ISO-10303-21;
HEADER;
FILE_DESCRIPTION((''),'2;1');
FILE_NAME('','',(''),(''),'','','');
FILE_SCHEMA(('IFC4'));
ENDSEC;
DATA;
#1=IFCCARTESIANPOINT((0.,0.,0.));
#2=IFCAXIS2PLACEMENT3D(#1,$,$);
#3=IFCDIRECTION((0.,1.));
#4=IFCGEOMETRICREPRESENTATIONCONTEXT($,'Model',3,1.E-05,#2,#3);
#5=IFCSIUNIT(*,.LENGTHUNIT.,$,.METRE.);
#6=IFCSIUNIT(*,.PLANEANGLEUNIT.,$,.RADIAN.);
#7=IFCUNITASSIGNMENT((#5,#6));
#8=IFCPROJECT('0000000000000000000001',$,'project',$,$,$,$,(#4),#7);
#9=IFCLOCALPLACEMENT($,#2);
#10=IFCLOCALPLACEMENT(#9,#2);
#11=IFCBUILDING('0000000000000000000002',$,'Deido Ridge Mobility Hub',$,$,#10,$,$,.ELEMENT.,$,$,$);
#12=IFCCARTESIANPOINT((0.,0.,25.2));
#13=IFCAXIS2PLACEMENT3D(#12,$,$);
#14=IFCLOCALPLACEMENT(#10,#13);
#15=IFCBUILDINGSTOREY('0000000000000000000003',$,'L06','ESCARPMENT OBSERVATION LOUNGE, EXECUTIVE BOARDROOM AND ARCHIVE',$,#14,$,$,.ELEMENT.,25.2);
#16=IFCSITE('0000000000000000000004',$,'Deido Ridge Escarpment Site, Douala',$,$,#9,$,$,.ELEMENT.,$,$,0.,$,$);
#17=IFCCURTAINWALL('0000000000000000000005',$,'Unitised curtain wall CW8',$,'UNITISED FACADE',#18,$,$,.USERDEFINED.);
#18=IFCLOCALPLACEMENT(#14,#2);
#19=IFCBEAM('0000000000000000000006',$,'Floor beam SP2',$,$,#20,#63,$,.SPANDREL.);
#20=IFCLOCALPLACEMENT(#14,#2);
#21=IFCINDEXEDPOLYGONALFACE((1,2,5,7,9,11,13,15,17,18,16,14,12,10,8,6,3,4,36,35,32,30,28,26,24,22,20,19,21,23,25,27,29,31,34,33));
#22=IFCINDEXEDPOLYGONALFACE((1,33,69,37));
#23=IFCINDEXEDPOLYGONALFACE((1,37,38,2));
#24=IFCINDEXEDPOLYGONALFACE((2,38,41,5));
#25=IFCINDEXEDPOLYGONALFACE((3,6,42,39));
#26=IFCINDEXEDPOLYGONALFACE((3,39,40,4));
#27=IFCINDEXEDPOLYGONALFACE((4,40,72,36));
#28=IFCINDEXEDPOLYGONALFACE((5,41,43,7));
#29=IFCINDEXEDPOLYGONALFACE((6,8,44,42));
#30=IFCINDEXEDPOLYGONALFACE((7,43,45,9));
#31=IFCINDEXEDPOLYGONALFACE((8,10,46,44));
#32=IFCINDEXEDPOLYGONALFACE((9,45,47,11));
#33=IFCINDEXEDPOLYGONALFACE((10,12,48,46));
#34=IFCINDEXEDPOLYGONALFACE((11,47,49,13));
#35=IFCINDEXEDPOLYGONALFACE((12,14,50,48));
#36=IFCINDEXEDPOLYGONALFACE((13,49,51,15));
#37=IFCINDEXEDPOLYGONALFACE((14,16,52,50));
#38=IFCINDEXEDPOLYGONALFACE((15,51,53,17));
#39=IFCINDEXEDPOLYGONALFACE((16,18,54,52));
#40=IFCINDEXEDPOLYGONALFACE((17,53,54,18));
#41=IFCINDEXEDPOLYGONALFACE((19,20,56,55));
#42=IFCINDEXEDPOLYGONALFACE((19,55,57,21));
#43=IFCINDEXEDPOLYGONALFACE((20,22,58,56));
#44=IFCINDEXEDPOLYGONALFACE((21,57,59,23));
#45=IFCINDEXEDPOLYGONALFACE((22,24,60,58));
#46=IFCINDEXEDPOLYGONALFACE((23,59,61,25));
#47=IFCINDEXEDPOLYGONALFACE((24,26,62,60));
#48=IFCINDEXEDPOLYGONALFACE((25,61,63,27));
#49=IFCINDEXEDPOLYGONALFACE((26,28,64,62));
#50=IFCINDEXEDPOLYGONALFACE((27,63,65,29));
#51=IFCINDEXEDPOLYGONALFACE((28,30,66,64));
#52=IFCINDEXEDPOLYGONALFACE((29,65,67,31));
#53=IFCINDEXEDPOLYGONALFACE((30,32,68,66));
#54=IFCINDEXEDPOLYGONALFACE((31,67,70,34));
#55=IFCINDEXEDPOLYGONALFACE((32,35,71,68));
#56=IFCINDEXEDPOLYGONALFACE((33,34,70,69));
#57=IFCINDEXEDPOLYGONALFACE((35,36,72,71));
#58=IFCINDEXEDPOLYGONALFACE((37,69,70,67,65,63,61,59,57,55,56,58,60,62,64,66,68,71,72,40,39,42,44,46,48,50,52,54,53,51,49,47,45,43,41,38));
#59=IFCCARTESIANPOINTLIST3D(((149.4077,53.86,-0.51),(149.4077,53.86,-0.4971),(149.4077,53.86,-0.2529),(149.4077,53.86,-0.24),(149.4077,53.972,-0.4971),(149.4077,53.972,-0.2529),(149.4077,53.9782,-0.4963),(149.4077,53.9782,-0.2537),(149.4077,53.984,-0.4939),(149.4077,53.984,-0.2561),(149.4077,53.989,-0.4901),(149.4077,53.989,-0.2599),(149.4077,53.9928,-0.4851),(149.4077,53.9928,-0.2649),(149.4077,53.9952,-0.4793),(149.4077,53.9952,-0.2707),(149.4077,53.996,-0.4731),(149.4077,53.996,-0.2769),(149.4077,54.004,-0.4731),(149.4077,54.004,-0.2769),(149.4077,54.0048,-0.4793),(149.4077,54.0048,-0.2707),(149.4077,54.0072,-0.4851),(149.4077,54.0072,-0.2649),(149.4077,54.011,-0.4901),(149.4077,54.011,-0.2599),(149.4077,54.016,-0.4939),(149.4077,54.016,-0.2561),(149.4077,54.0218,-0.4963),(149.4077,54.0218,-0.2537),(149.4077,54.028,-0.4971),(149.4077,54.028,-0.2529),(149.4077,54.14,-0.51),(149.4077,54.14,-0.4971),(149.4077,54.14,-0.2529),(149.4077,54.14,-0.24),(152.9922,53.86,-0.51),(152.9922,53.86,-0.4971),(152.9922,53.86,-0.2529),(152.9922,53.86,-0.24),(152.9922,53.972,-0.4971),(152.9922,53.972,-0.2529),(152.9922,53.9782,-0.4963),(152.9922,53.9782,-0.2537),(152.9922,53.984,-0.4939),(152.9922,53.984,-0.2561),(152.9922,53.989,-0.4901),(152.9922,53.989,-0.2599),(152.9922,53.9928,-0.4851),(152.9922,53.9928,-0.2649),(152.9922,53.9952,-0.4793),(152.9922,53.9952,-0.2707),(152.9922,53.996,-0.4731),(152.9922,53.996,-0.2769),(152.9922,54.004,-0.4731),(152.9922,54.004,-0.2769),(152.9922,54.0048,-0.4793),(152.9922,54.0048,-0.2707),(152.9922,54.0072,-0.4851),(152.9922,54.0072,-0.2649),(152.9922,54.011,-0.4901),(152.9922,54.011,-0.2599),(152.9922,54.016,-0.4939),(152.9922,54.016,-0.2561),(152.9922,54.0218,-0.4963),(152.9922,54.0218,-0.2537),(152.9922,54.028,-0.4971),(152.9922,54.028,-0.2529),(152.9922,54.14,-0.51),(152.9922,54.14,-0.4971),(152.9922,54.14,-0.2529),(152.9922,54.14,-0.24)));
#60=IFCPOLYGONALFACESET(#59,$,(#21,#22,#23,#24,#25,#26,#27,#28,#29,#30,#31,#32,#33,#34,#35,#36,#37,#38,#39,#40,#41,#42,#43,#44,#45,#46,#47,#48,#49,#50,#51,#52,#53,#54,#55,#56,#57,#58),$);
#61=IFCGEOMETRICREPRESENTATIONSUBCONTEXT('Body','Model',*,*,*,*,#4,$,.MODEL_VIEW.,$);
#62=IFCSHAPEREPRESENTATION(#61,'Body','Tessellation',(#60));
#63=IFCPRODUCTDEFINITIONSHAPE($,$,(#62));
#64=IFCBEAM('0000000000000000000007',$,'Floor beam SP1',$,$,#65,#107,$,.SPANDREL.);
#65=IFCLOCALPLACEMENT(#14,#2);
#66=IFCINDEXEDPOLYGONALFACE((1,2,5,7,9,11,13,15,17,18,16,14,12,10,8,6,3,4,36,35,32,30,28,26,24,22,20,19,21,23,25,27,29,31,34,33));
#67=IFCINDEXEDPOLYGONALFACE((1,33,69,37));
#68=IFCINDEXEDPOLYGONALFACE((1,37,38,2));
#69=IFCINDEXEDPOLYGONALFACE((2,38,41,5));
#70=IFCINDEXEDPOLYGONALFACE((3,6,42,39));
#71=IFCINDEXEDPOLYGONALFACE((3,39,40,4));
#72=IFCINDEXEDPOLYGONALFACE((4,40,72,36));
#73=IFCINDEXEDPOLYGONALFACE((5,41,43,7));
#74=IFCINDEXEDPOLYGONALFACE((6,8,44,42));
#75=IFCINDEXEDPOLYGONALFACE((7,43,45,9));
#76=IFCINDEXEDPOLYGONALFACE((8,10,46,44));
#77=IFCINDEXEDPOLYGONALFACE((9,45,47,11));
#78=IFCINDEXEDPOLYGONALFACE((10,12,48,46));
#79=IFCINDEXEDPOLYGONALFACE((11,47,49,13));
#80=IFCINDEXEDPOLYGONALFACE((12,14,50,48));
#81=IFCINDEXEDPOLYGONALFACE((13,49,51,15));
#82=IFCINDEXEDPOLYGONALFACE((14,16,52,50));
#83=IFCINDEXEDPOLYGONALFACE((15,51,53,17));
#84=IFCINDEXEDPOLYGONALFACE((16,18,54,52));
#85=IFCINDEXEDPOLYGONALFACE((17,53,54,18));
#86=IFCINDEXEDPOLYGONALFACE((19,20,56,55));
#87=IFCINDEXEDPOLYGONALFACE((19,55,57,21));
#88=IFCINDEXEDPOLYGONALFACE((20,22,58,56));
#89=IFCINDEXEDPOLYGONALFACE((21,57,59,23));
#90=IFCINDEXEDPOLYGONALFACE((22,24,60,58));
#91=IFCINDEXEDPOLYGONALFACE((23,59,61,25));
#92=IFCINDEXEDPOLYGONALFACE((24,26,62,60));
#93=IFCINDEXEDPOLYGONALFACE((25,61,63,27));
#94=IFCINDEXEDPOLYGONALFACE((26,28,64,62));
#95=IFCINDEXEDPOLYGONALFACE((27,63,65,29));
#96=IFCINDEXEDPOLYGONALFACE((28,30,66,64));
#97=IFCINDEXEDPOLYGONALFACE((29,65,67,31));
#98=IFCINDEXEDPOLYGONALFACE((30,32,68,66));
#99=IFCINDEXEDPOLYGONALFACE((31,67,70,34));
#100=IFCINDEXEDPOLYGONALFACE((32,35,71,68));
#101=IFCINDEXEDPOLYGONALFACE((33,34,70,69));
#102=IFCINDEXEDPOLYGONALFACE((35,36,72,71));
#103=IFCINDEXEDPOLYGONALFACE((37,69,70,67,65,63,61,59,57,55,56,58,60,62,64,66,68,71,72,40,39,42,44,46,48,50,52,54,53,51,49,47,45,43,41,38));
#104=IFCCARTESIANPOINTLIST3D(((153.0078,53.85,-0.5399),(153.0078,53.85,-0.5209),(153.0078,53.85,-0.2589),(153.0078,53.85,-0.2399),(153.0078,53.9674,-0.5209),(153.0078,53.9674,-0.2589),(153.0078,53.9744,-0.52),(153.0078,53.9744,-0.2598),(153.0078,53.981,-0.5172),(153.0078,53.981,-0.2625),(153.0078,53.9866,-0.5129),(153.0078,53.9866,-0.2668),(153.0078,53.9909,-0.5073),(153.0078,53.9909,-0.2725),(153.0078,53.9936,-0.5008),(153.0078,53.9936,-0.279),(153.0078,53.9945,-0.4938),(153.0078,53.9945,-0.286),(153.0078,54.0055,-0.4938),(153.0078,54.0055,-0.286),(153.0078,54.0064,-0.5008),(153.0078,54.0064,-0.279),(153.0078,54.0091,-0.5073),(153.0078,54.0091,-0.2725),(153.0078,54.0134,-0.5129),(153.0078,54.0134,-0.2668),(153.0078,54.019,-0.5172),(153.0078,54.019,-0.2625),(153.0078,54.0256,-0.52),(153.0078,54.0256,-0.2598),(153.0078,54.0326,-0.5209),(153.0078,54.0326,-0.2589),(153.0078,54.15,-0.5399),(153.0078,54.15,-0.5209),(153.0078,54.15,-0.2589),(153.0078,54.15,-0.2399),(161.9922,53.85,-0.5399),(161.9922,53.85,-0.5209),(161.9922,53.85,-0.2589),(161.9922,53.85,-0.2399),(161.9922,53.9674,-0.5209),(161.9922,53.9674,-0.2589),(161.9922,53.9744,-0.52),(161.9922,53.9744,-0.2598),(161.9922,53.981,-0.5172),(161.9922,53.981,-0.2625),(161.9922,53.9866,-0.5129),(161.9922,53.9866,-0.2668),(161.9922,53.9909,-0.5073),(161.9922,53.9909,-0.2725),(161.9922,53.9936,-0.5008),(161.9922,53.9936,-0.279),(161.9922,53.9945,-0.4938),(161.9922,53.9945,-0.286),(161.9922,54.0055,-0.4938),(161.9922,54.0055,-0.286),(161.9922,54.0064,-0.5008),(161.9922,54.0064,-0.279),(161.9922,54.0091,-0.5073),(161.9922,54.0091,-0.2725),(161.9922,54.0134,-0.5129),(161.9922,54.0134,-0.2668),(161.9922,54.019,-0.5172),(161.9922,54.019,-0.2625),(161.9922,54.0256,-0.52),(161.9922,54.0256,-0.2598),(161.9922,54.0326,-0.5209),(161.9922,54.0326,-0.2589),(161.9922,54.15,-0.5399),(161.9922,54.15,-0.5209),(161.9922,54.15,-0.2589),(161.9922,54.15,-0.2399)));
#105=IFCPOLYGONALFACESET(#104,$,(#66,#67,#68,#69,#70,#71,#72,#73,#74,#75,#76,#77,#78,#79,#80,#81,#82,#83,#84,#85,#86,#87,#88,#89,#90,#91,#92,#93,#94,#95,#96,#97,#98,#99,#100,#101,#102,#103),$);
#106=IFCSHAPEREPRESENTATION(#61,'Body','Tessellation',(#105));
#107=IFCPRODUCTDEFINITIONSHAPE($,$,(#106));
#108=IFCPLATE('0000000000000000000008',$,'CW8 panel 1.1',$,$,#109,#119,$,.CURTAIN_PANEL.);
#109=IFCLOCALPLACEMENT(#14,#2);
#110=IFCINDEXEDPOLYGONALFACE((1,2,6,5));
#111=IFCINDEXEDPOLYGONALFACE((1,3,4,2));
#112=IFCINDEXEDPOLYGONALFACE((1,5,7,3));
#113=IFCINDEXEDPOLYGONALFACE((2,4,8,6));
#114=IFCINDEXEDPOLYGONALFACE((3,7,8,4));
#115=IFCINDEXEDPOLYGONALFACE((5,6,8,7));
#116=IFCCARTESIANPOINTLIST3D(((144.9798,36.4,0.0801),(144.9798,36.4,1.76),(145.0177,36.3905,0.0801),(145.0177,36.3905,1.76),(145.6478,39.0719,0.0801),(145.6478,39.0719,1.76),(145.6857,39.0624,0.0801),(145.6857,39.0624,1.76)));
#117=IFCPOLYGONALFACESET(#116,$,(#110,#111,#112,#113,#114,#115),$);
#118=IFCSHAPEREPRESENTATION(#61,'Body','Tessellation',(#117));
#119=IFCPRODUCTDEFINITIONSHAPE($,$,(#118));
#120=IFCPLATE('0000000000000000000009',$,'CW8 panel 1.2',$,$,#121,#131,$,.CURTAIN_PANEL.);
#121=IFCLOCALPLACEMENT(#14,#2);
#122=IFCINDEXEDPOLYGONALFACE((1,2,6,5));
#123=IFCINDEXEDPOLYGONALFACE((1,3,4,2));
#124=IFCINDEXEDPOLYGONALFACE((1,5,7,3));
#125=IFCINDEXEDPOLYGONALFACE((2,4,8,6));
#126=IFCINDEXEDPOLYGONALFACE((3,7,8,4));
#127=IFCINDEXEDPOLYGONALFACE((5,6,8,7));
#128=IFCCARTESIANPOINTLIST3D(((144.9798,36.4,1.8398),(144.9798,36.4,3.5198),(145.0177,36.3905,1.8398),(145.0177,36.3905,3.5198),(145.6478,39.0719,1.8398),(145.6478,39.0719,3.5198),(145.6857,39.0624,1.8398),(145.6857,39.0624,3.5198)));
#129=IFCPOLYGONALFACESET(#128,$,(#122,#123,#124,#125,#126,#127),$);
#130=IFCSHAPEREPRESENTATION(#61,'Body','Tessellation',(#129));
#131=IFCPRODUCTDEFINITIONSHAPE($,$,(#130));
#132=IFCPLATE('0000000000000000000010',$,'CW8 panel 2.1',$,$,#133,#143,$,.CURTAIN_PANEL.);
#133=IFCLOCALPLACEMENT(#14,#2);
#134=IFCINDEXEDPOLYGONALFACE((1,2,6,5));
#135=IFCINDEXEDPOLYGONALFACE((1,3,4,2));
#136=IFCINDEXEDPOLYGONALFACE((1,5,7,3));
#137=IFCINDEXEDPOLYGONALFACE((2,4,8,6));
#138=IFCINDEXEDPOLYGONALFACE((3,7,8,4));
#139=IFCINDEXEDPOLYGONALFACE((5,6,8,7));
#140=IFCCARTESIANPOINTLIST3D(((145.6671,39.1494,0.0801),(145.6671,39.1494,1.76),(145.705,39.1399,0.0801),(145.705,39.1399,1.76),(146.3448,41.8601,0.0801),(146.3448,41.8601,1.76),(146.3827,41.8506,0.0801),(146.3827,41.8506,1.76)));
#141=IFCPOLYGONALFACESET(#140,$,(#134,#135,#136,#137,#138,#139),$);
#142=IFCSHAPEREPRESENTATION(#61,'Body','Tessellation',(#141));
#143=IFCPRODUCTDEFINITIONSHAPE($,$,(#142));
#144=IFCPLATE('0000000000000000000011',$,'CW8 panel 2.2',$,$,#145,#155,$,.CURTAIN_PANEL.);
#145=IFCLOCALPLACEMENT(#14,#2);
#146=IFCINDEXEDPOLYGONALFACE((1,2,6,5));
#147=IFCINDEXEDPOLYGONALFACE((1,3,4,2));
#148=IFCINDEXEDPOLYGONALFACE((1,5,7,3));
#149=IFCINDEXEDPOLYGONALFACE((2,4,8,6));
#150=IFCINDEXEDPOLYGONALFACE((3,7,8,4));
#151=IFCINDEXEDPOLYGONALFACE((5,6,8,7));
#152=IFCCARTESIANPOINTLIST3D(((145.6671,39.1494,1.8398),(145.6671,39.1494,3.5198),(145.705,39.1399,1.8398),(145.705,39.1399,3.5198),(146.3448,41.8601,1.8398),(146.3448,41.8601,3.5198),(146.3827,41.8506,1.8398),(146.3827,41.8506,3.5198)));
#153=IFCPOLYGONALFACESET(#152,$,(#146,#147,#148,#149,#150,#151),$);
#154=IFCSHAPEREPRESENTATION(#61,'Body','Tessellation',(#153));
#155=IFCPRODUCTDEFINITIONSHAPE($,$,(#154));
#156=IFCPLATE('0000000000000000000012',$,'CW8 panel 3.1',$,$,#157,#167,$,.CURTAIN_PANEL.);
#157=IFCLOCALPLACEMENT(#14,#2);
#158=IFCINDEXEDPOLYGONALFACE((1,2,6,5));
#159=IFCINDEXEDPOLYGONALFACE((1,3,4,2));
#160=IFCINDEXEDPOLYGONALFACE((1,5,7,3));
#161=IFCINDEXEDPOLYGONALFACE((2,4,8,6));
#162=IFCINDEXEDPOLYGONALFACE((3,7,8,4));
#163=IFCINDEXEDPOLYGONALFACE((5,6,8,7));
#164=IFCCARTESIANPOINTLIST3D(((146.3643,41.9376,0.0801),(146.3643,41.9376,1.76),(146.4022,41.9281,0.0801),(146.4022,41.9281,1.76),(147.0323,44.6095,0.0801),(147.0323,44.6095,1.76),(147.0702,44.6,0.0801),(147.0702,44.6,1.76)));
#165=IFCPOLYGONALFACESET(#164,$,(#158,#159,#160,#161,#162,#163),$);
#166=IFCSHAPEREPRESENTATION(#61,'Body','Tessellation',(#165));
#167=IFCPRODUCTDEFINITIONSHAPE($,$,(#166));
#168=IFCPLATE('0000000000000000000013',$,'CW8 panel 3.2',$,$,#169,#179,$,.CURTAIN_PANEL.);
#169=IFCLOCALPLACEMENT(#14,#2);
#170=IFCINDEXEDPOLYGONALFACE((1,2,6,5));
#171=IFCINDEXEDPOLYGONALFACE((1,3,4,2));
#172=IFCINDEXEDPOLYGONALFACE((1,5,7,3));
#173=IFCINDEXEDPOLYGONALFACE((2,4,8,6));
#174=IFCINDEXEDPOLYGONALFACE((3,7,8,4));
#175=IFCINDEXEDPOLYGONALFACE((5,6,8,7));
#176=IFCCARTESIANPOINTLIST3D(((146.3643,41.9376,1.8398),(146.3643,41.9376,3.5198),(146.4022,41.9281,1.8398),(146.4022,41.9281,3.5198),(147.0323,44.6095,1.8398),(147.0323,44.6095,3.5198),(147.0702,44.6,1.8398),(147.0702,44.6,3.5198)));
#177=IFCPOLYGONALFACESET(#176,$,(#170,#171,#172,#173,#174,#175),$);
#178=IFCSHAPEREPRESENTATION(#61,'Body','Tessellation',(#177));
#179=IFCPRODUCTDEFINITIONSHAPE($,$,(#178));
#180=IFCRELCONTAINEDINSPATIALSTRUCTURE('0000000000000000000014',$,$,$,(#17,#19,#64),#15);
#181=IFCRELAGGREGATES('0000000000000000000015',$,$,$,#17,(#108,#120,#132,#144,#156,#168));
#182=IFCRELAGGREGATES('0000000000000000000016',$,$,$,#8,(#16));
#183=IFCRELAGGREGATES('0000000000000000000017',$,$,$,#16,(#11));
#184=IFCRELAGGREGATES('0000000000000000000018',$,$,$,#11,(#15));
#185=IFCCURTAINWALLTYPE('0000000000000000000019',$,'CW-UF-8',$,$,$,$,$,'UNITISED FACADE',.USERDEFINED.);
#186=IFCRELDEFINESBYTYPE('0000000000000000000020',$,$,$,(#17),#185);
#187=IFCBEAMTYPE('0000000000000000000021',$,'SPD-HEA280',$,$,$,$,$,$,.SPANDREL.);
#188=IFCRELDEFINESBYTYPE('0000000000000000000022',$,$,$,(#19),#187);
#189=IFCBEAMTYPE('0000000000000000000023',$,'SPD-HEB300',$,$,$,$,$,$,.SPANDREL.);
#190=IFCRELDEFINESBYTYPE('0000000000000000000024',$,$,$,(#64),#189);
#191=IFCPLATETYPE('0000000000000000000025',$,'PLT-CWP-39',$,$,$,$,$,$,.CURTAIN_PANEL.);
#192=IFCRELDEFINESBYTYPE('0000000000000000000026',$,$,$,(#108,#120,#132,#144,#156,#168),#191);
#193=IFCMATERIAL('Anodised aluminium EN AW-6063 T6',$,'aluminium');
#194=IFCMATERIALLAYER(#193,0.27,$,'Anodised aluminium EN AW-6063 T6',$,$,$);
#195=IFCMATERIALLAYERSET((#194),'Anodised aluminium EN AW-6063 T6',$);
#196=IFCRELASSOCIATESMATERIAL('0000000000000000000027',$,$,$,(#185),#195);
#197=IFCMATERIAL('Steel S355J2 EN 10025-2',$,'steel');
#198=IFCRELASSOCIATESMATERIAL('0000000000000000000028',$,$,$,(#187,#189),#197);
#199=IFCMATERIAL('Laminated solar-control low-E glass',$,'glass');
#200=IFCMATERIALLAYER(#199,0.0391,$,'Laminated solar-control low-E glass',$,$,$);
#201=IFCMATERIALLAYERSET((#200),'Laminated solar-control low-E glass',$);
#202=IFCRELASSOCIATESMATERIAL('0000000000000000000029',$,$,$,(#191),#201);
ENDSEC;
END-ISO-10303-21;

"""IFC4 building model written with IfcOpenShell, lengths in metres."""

from ifc_helpers import new_model, si_unit, direction, frame, origin, origin_2d, place, context, subcontext, project, spatial, rectangle, i_section, extrude, material, layer, layer_set, material_profile, profile_set, type_object, element, aggregate, save


model = new_model("IFC4")

# Units and contexts
model_context = context("Model", 3, precision=1e-05, world=origin(), true_north=direction((0.0, 1.0)))
body_context = subcontext(model_context, "Body", "Model", "MODEL_VIEW")
ifc_project = project(units=[si_unit("LENGTHUNIT", "METRE"), si_unit("PLANEANGLEUNIT", "RADIAN")], contexts=[model_context])

# Site, building, storey
site_placement = place(None, origin())
site = spatial("IfcSite", under=ifc_project, at=site_placement, Name="Deido Ridge Escarpment Site, Douala", CompositionType="ELEMENT", RefElevation=0.0)
building_placement = place(site_placement, origin())
building = spatial("IfcBuilding", under=site, at=building_placement, Name="Deido Ridge Mobility Hub", CompositionType="ELEMENT")
storey_placement = place(building_placement, frame((0.0, 0.0, 25.2)))
storey = spatial("IfcBuildingStorey", under=building, at=storey_placement, Name="L06", Description="ESCARPMENT OBSERVATION LOUNGE, EXECUTIVE BOARDROOM AND ARCHIVE", CompositionType="ELEMENT", Elevation=25.2)

# Shared definitions
ifc_material_1 = material(Name="Steel S355J2 EN 10025-2", Category="steel")

# Curtain wall
ifc_material_2 = material(Name="Anodised aluminium EN AW-6063 T6", Category="aluminium")
ifc_layer_1 = layer(ifc_material_2, 0.27, Name="Anodised aluminium EN AW-6063 T6")
ifc_layer_set_1 = layer_set([ifc_layer_1], Name="Anodised aluminium EN AW-6063 T6")
curtain_wall_type = type_object("IfcCurtainWallType", Name="CW-UF-8", ElementType="UNITISED FACADE", PredefinedType="USERDEFINED", material=ifc_layer_set_1)
curtain_wall_placement = place(storey_placement, origin())
curtain_wall = element("IfcCurtainWall", 1, at=curtain_wall_placement, inside=storey, type_object=curtain_wall_type, Name="Unitised curtain wall CW8", ObjectType="UNITISED FACADE", PredefinedType="USERDEFINED")

# Beams
ifc_material_profile_1 = material_profile(ifc_material_1, i_section(OverallWidth=0.28, OverallDepth=0.27, WebThickness=0.0081, FlangeThickness=0.0129, FilletRadius=0.0239, at=origin_2d()), Name="HEA 280")
ifc_profile_set_1 = profile_set([ifc_material_profile_1], Name="Steel S355J2 EN 10025-2")
beam_type_1 = type_object("IfcBeamType", Name="SPD-HEA280", PredefinedType="SPANDREL", material=ifc_profile_set_1)
beam_1_placement = place(storey_placement, frame((149.4077, 54.0, -0.375), z_axis=(1.0, 0.0, 0.0), x_axis=(0.0, 1.0, 0.0)))
element("IfcBeam", 2, at=beam_1_placement, inside=storey, type_object=beam_type_1, Name="Floor beam SP2", PredefinedType="SPANDREL", context=body_context, shape_type="SweptSolid", body=[
    extrude(i_section(OverallWidth=0.28, OverallDepth=0.27, WebThickness=0.0081, FlangeThickness=0.0129, FilletRadius=0.0239, at=origin_2d()), origin(), (0.0, 0.0, 1.0), 3.5845),
])
ifc_material_profile_2 = material_profile(ifc_material_1, i_section(OverallWidth=0.3, OverallDepth=0.3, WebThickness=0.011, FlangeThickness=0.019, FilletRadius=0.0271, at=origin_2d()), Name="HEB 300")
ifc_profile_set_2 = profile_set([ifc_material_profile_2], Name="Steel S355J2 EN 10025-2")
beam_type_2 = type_object("IfcBeamType", Name="SPD-HEB300", PredefinedType="SPANDREL", material=ifc_profile_set_2)
beam_2_placement = place(storey_placement, frame((153.0078, 54.0, -0.3899), z_axis=(1.0, 0.0, 0.0), x_axis=(0.0, 1.0, 0.0)))
element("IfcBeam", 3, at=beam_2_placement, inside=storey, type_object=beam_type_2, Name="Floor beam SP1", PredefinedType="SPANDREL", context=body_context, shape_type="SweptSolid", body=[
    extrude(i_section(OverallWidth=0.3, OverallDepth=0.3, WebThickness=0.011, FlangeThickness=0.019, FilletRadius=0.0271, at=origin_2d()), origin(), (0.0, 0.0, 1.0), 8.9844),
])

# Plates
ifc_material_3 = material(Name="Laminated solar-control low-E glass", Category="glass")
ifc_layer_2 = layer(ifc_material_3, 0.0391, Name="Laminated solar-control low-E glass")
ifc_layer_set_2 = layer_set([ifc_layer_2], Name="Laminated solar-control low-E glass")
plate_type = type_object("IfcPlateType", Name="PLT-CWP-39", PredefinedType="CURTAIN_PANEL", material=ifc_layer_set_2)
plate_1_placement = place(storey_placement, frame((145.3328, 37.7312, 0.0801), z_axis=(0.0, 0.0, 1.0), x_axis=(0.242536, 0.970143, 0.0)))
plate_1 = element("IfcPlate", 4, at=plate_1_placement, type_object=plate_type, Name="CW8 panel 1.1", PredefinedType="CURTAIN_PANEL", context=body_context, shape_type="SweptSolid", body=[
    extrude(rectangle(XDim=2.7542, YDim=0.0391, at=origin_2d()), origin(), (0.0, 0.0, 1.0), 1.6799),
])
plate_2_placement = place(storey_placement, frame((145.3328, 37.7312, 1.8398), z_axis=(0.0, 0.0, 1.0), x_axis=(0.242536, 0.970143, 0.0)))
plate_2 = element("IfcPlate", 5, at=plate_2_placement, type_object=plate_type, Name="CW8 panel 1.2", PredefinedType="CURTAIN_PANEL", context=body_context, shape_type="SweptSolid", body=[
    extrude(rectangle(XDim=2.7542, YDim=0.0391, at=origin_2d()), origin(), (0.0, 0.0, 1.0), 1.6799),
])
plate_3_placement = place(storey_placement, frame((146.0249, 40.5, 0.0801), z_axis=(0.0, 0.0, 1.0), x_axis=(0.242536, 0.970143, 0.0)))
plate_3 = element("IfcPlate", 6, at=plate_3_placement, type_object=plate_type, Name="CW8 panel 2.1", PredefinedType="CURTAIN_PANEL", context=body_context, shape_type="SweptSolid", body=[
    extrude(rectangle(XDim=2.7942, YDim=0.0391, at=origin_2d()), origin(), (0.0, 0.0, 1.0), 1.6799),
])
plate_4_placement = place(storey_placement, frame((146.0249, 40.5, 1.8398), z_axis=(0.0, 0.0, 1.0), x_axis=(0.242536, 0.970143, 0.0)))
plate_4 = element("IfcPlate", 7, at=plate_4_placement, type_object=plate_type, Name="CW8 panel 2.2", PredefinedType="CURTAIN_PANEL", context=body_context, shape_type="SweptSolid", body=[
    extrude(rectangle(XDim=2.7942, YDim=0.0391, at=origin_2d()), origin(), (0.0, 0.0, 1.0), 1.6799),
])
plate_5_placement = place(storey_placement, frame((146.7173, 43.2688, 0.0801), z_axis=(0.0, 0.0, 1.0), x_axis=(0.242536, 0.970143, 0.0)))
plate_5 = element("IfcPlate", 8, at=plate_5_placement, type_object=plate_type, Name="CW8 panel 3.1", PredefinedType="CURTAIN_PANEL", context=body_context, shape_type="SweptSolid", body=[
    extrude(rectangle(XDim=2.7542, YDim=0.0391, at=origin_2d()), origin(), (0.0, 0.0, 1.0), 1.6799),
])
plate_6_placement = place(storey_placement, frame((146.7173, 43.2688, 1.8398), z_axis=(0.0, 0.0, 1.0), x_axis=(0.242536, 0.970143, 0.0)))
plate_6 = element("IfcPlate", 9, at=plate_6_placement, type_object=plate_type, Name="CW8 panel 3.2", PredefinedType="CURTAIN_PANEL", context=body_context, shape_type="SweptSolid", body=[
    extrude(rectangle(XDim=2.7542, YDim=0.0391, at=origin_2d()), origin(), (0.0, 0.0, 1.0), 1.6799),
])
aggregate(curtain_wall, [plate_1, plate_2, plate_3, plate_4, plate_5, plate_6])

save(model, "model.ifc")
